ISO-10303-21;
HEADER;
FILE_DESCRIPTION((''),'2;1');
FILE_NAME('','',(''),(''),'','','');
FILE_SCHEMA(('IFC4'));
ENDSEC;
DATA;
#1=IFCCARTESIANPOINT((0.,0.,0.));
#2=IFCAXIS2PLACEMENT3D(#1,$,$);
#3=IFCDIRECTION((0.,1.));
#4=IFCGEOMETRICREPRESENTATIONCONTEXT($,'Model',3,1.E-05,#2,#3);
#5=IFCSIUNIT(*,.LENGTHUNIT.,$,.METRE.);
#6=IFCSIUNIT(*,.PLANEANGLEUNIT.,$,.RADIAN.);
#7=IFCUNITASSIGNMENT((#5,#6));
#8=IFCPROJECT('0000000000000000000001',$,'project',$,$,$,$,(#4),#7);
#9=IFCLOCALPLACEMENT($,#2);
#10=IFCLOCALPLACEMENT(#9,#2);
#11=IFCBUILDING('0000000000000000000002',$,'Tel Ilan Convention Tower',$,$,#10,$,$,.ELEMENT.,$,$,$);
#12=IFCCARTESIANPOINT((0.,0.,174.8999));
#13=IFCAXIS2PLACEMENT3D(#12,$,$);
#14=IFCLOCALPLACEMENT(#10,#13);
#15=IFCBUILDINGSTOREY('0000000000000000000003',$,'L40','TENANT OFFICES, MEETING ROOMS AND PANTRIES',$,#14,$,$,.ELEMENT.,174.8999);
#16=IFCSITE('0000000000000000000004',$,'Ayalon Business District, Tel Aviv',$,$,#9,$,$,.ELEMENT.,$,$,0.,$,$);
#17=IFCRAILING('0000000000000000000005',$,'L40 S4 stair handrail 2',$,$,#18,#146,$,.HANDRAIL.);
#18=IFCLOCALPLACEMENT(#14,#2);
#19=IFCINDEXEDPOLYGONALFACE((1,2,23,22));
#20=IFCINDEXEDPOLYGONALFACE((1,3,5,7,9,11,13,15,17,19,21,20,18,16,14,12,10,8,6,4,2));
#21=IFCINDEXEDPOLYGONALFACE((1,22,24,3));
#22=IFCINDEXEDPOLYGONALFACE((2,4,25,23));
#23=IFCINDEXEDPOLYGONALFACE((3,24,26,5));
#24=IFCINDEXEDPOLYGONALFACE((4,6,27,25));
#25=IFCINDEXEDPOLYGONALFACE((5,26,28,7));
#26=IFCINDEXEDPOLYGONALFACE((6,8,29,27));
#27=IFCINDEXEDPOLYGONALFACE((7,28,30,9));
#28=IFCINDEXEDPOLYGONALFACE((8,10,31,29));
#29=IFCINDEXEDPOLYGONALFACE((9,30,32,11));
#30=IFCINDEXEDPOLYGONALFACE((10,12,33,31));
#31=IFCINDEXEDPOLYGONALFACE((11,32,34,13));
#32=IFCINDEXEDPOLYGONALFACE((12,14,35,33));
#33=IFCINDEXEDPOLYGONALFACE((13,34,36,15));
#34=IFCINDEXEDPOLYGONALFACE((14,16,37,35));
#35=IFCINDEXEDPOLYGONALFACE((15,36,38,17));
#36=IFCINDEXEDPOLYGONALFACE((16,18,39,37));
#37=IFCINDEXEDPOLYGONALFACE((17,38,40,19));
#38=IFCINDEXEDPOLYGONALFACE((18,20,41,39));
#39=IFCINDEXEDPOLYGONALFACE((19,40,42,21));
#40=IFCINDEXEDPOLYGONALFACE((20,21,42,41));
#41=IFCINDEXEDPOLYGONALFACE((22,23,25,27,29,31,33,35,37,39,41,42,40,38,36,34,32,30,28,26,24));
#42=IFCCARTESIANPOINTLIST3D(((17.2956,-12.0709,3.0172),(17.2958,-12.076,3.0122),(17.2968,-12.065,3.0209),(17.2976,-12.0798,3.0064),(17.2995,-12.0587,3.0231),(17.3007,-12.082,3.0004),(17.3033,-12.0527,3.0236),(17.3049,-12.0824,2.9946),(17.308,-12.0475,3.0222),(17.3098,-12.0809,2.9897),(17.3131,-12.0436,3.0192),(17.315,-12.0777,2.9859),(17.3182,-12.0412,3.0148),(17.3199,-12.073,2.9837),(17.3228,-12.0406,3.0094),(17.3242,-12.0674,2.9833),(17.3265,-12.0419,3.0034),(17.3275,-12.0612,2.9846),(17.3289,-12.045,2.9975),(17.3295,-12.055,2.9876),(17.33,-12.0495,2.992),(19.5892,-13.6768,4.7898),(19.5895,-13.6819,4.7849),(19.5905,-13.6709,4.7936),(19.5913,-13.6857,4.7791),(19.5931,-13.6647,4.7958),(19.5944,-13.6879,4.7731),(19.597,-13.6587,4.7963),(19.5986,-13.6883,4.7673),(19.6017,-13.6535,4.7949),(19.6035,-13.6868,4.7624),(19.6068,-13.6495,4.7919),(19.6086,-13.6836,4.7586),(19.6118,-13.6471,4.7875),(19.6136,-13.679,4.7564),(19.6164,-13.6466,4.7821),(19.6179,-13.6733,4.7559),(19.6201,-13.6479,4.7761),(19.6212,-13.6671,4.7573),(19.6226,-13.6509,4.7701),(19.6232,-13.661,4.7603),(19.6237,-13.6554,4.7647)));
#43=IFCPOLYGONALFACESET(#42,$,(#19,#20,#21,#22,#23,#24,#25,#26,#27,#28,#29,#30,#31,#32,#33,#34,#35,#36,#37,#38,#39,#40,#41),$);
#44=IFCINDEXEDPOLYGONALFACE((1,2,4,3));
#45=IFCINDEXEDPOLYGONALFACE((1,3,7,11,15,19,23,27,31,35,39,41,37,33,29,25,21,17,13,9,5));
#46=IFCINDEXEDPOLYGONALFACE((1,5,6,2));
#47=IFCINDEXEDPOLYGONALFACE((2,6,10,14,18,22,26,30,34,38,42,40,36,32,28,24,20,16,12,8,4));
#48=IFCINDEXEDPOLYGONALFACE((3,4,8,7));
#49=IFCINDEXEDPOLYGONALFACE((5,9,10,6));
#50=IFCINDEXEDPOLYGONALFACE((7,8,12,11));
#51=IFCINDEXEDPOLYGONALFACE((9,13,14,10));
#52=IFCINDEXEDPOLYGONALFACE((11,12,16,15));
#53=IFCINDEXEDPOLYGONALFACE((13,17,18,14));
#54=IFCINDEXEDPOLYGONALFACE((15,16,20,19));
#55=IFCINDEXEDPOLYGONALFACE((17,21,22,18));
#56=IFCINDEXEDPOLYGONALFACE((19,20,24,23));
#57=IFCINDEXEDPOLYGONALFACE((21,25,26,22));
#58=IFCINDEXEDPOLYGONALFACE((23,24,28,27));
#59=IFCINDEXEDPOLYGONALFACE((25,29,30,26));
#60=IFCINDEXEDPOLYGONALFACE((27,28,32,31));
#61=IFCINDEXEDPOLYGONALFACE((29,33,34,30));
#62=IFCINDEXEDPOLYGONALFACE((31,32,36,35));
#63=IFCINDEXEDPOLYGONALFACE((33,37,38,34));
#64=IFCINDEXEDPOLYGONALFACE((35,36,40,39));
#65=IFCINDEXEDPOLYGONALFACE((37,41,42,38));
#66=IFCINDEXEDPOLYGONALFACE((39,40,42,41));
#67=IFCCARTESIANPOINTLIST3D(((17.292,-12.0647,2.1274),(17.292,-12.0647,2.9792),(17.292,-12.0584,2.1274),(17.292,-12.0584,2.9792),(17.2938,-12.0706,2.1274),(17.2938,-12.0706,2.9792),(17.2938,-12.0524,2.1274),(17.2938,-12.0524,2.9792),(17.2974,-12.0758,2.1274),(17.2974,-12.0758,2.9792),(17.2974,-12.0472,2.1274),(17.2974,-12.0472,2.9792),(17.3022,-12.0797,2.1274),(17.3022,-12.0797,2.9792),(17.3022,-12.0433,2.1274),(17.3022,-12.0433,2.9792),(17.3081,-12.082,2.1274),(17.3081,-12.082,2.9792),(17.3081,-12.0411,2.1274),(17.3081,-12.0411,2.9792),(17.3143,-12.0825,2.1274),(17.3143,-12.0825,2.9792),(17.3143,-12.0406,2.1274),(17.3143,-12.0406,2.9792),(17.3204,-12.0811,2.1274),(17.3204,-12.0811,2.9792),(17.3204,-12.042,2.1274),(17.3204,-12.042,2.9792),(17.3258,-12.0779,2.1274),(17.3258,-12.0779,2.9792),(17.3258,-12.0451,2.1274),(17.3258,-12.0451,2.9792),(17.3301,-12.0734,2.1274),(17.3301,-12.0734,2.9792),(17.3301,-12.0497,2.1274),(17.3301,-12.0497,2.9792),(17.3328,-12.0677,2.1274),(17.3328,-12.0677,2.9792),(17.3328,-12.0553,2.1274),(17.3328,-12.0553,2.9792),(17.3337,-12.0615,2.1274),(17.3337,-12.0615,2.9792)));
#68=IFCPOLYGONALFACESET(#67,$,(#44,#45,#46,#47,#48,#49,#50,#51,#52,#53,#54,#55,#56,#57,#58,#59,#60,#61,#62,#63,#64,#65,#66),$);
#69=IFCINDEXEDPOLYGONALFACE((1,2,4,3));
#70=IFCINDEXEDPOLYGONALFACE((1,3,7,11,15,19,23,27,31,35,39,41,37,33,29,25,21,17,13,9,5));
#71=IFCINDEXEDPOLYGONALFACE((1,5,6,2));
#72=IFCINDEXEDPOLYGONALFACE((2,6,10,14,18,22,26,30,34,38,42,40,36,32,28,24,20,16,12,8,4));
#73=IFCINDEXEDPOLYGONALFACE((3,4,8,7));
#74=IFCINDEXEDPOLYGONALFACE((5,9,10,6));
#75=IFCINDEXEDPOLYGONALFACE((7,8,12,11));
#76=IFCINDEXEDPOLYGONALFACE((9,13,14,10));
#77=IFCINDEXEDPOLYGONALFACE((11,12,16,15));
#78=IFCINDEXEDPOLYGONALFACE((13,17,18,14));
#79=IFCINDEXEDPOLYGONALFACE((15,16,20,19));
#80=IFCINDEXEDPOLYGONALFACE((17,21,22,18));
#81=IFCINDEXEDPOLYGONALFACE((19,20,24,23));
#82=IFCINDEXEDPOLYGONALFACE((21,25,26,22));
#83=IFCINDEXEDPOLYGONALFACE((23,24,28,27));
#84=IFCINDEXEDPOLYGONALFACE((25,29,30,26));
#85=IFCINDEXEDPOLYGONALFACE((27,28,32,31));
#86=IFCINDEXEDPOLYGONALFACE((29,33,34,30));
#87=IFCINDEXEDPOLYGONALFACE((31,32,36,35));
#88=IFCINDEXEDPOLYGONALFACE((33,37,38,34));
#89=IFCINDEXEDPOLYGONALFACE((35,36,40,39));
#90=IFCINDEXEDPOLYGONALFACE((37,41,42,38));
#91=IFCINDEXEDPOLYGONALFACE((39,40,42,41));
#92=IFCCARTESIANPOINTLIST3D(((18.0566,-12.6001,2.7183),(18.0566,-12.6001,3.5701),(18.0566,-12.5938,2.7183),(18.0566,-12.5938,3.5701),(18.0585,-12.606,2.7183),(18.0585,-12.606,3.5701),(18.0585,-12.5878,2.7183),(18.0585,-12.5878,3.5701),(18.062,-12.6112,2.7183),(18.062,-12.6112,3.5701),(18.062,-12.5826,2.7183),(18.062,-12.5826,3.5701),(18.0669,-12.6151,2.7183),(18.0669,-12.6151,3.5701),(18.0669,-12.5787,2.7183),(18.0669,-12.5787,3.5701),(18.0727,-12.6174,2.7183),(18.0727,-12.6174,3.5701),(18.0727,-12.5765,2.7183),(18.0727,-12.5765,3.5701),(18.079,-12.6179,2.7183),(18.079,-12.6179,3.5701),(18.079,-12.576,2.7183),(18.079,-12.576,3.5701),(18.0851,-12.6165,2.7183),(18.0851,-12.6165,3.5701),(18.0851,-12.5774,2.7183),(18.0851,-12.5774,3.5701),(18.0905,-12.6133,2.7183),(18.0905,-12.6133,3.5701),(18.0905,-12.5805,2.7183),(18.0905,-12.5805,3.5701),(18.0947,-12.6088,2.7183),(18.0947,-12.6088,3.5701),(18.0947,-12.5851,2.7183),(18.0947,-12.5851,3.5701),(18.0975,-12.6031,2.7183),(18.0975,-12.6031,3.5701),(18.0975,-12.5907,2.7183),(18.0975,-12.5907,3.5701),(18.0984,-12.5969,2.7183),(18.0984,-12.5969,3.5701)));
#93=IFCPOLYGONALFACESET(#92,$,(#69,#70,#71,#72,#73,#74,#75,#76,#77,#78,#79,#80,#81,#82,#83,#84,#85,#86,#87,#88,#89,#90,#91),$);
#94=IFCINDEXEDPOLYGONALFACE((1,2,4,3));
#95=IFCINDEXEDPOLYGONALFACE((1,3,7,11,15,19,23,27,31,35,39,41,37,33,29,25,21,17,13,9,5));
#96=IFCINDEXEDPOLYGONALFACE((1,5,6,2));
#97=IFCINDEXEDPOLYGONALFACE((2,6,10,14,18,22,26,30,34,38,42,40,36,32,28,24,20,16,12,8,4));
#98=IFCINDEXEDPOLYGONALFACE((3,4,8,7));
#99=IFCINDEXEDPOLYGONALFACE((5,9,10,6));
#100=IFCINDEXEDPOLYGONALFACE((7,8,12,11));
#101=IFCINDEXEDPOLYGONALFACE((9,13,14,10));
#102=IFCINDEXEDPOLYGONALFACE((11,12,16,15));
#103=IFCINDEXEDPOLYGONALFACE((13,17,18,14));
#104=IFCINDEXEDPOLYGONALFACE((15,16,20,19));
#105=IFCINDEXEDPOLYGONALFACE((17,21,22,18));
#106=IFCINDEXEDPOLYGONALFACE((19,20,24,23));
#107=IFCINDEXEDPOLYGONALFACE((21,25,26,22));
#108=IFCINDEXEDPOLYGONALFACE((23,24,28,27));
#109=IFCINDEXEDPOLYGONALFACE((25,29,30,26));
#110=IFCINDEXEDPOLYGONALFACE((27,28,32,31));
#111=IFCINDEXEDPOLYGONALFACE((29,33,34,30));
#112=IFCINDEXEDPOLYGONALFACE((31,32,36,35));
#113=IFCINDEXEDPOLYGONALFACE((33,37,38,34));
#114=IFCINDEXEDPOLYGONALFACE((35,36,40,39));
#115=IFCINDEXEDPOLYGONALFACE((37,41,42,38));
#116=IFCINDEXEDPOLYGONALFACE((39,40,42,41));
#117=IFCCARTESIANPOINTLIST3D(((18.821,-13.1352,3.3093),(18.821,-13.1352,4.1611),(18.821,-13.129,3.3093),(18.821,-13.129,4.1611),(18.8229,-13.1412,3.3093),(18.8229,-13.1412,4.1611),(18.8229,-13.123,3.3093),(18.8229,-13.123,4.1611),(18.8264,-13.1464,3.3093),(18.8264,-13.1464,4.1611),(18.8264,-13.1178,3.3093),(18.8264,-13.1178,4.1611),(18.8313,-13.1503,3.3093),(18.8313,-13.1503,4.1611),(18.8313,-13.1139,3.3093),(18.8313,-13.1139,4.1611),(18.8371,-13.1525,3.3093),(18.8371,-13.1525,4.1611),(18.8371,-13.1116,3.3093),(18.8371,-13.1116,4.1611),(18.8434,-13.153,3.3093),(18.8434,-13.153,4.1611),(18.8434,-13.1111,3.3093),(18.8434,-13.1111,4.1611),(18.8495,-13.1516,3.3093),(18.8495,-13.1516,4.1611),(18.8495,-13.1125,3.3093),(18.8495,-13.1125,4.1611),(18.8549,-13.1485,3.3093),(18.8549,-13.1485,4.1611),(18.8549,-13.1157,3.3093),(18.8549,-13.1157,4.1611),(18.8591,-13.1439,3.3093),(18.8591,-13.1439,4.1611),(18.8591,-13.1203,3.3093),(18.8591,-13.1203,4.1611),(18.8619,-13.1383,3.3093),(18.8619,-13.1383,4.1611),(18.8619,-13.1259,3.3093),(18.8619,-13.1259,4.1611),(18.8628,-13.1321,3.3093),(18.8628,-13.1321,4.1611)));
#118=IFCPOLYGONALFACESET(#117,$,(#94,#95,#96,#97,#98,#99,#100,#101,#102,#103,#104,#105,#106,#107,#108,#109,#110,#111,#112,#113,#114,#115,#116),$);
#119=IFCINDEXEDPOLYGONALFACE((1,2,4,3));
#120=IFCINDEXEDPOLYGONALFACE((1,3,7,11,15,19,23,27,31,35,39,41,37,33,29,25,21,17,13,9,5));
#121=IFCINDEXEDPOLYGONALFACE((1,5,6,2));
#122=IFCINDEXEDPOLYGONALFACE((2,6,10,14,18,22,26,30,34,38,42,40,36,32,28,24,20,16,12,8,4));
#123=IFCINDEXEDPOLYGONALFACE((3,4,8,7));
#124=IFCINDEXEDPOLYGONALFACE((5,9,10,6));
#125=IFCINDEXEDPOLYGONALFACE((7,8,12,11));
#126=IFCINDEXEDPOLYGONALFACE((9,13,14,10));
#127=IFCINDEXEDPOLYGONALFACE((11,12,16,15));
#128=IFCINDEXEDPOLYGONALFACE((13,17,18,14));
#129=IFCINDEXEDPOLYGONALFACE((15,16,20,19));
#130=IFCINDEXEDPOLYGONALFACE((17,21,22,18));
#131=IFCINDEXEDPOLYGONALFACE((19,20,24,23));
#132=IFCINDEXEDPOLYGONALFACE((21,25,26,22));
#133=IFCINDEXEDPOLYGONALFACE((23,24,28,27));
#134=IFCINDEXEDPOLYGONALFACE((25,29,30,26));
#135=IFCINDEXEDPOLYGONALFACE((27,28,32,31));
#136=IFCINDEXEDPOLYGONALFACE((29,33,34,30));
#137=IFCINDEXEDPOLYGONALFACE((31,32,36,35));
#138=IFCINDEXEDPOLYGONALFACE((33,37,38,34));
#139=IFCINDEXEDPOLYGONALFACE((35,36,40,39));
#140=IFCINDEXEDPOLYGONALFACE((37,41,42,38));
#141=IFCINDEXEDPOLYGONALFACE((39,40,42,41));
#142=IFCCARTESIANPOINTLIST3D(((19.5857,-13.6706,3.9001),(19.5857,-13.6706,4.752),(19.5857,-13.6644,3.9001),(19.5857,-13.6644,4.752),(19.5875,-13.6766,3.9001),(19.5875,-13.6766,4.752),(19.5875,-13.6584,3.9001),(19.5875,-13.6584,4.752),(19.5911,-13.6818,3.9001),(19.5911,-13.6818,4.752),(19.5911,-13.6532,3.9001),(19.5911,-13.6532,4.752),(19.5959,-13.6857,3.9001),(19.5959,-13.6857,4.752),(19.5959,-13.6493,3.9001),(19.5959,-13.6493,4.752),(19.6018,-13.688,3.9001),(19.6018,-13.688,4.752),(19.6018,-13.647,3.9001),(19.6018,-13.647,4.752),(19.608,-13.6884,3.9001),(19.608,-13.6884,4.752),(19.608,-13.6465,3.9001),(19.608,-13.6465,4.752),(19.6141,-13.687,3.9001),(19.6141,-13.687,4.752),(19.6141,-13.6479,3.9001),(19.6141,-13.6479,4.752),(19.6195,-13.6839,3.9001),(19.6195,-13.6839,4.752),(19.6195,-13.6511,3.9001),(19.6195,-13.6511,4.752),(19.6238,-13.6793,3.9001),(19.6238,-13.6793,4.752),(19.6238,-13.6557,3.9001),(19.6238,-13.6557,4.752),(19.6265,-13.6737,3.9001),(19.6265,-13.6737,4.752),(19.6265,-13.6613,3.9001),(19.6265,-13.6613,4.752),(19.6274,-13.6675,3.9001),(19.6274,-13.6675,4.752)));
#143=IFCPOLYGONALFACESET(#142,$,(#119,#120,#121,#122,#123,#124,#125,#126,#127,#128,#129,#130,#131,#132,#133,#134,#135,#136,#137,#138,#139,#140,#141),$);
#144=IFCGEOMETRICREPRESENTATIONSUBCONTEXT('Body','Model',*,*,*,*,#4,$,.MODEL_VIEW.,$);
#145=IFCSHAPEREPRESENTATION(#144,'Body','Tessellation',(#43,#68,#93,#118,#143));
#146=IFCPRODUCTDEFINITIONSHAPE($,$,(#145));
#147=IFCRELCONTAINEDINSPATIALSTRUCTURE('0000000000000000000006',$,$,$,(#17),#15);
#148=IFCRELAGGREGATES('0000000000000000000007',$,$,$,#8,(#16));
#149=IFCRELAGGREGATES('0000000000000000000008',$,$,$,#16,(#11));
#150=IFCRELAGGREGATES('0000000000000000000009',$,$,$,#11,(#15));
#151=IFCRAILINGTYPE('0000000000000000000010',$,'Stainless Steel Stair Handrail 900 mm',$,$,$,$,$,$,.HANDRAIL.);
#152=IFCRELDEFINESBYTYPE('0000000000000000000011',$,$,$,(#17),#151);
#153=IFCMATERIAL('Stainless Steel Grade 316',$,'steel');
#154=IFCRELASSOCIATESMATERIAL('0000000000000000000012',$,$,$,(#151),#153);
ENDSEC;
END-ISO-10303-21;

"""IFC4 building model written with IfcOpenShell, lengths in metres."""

from ifc_helpers import new_model, si_unit, direction, frame, origin, origin_2d, place, context, subcontext, project, spatial, circle, extrude, material, type_object, element, save


model = new_model("IFC4")

# Units and contexts
model_context = context("Model", 3, precision=1e-05, world=origin(), true_north=direction((0.0, 1.0)))
body_context = subcontext(model_context, "Body", "Model", "MODEL_VIEW")
ifc_project = project(units=[si_unit("LENGTHUNIT", "METRE"), si_unit("PLANEANGLEUNIT", "RADIAN")], contexts=[model_context])

# Site, building, storey
site_placement = place(None, origin())
site = spatial("IfcSite", under=ifc_project, at=site_placement, Name="Ayalon Business District, Tel Aviv", CompositionType="ELEMENT", RefElevation=0.0)
building_placement = place(site_placement, origin())
building = spatial("IfcBuilding", under=site, at=building_placement, Name="Tel Ilan Convention Tower", CompositionType="ELEMENT")
storey_placement = place(building_placement, frame((0.0, 0.0, 174.8999)))
storey = spatial("IfcBuildingStorey", under=building, at=storey_placement, Name="L40", Description="TENANT OFFICES, MEETING ROOMS AND PANTRIES", CompositionType="ELEMENT", Elevation=174.8999)

# Railing
ifc_material_1 = material(Name="Stainless Steel Grade 316", Category="steel")
railing_type_1 = type_object("IfcRailingType", Name="Stainless Steel Stair Handrail 900 mm", PredefinedType="HANDRAIL", material=ifc_material_1)
railing_1_placement = place(storey_placement, frame((17.3127, -12.0615, 2.1274)))
element("IfcRailing", 1, at=railing_1_placement, inside=storey, type_object=railing_type_1, Name="L40 S4 stair handrail 2", PredefinedType="HANDRAIL", context=body_context, shape_type="SweptSolid", body=[
    extrude(circle(Radius=0.0239, at=origin_2d()), frame((0.0, 0.0, 0.876), z_axis=(0.692123, -0.484597, 0.534913), x_axis=(0.57355, 0.81917, 0.0)), (0.0, 0.0, 1.0), 3.314),
    extrude(circle(Radius=0.021, at=origin_2d()), origin(), (0.0, 0.0, 1.0), 0.8518),
    extrude(circle(Radius=0.021, at=origin_2d()), frame((0.7646, -0.5354, 0.5908)), (0.0, 0.0, 1.0), 0.8518),
    extrude(circle(Radius=0.021, at=origin_2d()), frame((1.5291, -1.0706, 1.1819)), (0.0, 0.0, 1.0), 0.8518),
    extrude(circle(Radius=0.021, at=origin_2d()), frame((2.2937, -1.606, 1.7727)), (0.0, 0.0, 1.0), 0.8518),
])

save(model, "model.ifc")
